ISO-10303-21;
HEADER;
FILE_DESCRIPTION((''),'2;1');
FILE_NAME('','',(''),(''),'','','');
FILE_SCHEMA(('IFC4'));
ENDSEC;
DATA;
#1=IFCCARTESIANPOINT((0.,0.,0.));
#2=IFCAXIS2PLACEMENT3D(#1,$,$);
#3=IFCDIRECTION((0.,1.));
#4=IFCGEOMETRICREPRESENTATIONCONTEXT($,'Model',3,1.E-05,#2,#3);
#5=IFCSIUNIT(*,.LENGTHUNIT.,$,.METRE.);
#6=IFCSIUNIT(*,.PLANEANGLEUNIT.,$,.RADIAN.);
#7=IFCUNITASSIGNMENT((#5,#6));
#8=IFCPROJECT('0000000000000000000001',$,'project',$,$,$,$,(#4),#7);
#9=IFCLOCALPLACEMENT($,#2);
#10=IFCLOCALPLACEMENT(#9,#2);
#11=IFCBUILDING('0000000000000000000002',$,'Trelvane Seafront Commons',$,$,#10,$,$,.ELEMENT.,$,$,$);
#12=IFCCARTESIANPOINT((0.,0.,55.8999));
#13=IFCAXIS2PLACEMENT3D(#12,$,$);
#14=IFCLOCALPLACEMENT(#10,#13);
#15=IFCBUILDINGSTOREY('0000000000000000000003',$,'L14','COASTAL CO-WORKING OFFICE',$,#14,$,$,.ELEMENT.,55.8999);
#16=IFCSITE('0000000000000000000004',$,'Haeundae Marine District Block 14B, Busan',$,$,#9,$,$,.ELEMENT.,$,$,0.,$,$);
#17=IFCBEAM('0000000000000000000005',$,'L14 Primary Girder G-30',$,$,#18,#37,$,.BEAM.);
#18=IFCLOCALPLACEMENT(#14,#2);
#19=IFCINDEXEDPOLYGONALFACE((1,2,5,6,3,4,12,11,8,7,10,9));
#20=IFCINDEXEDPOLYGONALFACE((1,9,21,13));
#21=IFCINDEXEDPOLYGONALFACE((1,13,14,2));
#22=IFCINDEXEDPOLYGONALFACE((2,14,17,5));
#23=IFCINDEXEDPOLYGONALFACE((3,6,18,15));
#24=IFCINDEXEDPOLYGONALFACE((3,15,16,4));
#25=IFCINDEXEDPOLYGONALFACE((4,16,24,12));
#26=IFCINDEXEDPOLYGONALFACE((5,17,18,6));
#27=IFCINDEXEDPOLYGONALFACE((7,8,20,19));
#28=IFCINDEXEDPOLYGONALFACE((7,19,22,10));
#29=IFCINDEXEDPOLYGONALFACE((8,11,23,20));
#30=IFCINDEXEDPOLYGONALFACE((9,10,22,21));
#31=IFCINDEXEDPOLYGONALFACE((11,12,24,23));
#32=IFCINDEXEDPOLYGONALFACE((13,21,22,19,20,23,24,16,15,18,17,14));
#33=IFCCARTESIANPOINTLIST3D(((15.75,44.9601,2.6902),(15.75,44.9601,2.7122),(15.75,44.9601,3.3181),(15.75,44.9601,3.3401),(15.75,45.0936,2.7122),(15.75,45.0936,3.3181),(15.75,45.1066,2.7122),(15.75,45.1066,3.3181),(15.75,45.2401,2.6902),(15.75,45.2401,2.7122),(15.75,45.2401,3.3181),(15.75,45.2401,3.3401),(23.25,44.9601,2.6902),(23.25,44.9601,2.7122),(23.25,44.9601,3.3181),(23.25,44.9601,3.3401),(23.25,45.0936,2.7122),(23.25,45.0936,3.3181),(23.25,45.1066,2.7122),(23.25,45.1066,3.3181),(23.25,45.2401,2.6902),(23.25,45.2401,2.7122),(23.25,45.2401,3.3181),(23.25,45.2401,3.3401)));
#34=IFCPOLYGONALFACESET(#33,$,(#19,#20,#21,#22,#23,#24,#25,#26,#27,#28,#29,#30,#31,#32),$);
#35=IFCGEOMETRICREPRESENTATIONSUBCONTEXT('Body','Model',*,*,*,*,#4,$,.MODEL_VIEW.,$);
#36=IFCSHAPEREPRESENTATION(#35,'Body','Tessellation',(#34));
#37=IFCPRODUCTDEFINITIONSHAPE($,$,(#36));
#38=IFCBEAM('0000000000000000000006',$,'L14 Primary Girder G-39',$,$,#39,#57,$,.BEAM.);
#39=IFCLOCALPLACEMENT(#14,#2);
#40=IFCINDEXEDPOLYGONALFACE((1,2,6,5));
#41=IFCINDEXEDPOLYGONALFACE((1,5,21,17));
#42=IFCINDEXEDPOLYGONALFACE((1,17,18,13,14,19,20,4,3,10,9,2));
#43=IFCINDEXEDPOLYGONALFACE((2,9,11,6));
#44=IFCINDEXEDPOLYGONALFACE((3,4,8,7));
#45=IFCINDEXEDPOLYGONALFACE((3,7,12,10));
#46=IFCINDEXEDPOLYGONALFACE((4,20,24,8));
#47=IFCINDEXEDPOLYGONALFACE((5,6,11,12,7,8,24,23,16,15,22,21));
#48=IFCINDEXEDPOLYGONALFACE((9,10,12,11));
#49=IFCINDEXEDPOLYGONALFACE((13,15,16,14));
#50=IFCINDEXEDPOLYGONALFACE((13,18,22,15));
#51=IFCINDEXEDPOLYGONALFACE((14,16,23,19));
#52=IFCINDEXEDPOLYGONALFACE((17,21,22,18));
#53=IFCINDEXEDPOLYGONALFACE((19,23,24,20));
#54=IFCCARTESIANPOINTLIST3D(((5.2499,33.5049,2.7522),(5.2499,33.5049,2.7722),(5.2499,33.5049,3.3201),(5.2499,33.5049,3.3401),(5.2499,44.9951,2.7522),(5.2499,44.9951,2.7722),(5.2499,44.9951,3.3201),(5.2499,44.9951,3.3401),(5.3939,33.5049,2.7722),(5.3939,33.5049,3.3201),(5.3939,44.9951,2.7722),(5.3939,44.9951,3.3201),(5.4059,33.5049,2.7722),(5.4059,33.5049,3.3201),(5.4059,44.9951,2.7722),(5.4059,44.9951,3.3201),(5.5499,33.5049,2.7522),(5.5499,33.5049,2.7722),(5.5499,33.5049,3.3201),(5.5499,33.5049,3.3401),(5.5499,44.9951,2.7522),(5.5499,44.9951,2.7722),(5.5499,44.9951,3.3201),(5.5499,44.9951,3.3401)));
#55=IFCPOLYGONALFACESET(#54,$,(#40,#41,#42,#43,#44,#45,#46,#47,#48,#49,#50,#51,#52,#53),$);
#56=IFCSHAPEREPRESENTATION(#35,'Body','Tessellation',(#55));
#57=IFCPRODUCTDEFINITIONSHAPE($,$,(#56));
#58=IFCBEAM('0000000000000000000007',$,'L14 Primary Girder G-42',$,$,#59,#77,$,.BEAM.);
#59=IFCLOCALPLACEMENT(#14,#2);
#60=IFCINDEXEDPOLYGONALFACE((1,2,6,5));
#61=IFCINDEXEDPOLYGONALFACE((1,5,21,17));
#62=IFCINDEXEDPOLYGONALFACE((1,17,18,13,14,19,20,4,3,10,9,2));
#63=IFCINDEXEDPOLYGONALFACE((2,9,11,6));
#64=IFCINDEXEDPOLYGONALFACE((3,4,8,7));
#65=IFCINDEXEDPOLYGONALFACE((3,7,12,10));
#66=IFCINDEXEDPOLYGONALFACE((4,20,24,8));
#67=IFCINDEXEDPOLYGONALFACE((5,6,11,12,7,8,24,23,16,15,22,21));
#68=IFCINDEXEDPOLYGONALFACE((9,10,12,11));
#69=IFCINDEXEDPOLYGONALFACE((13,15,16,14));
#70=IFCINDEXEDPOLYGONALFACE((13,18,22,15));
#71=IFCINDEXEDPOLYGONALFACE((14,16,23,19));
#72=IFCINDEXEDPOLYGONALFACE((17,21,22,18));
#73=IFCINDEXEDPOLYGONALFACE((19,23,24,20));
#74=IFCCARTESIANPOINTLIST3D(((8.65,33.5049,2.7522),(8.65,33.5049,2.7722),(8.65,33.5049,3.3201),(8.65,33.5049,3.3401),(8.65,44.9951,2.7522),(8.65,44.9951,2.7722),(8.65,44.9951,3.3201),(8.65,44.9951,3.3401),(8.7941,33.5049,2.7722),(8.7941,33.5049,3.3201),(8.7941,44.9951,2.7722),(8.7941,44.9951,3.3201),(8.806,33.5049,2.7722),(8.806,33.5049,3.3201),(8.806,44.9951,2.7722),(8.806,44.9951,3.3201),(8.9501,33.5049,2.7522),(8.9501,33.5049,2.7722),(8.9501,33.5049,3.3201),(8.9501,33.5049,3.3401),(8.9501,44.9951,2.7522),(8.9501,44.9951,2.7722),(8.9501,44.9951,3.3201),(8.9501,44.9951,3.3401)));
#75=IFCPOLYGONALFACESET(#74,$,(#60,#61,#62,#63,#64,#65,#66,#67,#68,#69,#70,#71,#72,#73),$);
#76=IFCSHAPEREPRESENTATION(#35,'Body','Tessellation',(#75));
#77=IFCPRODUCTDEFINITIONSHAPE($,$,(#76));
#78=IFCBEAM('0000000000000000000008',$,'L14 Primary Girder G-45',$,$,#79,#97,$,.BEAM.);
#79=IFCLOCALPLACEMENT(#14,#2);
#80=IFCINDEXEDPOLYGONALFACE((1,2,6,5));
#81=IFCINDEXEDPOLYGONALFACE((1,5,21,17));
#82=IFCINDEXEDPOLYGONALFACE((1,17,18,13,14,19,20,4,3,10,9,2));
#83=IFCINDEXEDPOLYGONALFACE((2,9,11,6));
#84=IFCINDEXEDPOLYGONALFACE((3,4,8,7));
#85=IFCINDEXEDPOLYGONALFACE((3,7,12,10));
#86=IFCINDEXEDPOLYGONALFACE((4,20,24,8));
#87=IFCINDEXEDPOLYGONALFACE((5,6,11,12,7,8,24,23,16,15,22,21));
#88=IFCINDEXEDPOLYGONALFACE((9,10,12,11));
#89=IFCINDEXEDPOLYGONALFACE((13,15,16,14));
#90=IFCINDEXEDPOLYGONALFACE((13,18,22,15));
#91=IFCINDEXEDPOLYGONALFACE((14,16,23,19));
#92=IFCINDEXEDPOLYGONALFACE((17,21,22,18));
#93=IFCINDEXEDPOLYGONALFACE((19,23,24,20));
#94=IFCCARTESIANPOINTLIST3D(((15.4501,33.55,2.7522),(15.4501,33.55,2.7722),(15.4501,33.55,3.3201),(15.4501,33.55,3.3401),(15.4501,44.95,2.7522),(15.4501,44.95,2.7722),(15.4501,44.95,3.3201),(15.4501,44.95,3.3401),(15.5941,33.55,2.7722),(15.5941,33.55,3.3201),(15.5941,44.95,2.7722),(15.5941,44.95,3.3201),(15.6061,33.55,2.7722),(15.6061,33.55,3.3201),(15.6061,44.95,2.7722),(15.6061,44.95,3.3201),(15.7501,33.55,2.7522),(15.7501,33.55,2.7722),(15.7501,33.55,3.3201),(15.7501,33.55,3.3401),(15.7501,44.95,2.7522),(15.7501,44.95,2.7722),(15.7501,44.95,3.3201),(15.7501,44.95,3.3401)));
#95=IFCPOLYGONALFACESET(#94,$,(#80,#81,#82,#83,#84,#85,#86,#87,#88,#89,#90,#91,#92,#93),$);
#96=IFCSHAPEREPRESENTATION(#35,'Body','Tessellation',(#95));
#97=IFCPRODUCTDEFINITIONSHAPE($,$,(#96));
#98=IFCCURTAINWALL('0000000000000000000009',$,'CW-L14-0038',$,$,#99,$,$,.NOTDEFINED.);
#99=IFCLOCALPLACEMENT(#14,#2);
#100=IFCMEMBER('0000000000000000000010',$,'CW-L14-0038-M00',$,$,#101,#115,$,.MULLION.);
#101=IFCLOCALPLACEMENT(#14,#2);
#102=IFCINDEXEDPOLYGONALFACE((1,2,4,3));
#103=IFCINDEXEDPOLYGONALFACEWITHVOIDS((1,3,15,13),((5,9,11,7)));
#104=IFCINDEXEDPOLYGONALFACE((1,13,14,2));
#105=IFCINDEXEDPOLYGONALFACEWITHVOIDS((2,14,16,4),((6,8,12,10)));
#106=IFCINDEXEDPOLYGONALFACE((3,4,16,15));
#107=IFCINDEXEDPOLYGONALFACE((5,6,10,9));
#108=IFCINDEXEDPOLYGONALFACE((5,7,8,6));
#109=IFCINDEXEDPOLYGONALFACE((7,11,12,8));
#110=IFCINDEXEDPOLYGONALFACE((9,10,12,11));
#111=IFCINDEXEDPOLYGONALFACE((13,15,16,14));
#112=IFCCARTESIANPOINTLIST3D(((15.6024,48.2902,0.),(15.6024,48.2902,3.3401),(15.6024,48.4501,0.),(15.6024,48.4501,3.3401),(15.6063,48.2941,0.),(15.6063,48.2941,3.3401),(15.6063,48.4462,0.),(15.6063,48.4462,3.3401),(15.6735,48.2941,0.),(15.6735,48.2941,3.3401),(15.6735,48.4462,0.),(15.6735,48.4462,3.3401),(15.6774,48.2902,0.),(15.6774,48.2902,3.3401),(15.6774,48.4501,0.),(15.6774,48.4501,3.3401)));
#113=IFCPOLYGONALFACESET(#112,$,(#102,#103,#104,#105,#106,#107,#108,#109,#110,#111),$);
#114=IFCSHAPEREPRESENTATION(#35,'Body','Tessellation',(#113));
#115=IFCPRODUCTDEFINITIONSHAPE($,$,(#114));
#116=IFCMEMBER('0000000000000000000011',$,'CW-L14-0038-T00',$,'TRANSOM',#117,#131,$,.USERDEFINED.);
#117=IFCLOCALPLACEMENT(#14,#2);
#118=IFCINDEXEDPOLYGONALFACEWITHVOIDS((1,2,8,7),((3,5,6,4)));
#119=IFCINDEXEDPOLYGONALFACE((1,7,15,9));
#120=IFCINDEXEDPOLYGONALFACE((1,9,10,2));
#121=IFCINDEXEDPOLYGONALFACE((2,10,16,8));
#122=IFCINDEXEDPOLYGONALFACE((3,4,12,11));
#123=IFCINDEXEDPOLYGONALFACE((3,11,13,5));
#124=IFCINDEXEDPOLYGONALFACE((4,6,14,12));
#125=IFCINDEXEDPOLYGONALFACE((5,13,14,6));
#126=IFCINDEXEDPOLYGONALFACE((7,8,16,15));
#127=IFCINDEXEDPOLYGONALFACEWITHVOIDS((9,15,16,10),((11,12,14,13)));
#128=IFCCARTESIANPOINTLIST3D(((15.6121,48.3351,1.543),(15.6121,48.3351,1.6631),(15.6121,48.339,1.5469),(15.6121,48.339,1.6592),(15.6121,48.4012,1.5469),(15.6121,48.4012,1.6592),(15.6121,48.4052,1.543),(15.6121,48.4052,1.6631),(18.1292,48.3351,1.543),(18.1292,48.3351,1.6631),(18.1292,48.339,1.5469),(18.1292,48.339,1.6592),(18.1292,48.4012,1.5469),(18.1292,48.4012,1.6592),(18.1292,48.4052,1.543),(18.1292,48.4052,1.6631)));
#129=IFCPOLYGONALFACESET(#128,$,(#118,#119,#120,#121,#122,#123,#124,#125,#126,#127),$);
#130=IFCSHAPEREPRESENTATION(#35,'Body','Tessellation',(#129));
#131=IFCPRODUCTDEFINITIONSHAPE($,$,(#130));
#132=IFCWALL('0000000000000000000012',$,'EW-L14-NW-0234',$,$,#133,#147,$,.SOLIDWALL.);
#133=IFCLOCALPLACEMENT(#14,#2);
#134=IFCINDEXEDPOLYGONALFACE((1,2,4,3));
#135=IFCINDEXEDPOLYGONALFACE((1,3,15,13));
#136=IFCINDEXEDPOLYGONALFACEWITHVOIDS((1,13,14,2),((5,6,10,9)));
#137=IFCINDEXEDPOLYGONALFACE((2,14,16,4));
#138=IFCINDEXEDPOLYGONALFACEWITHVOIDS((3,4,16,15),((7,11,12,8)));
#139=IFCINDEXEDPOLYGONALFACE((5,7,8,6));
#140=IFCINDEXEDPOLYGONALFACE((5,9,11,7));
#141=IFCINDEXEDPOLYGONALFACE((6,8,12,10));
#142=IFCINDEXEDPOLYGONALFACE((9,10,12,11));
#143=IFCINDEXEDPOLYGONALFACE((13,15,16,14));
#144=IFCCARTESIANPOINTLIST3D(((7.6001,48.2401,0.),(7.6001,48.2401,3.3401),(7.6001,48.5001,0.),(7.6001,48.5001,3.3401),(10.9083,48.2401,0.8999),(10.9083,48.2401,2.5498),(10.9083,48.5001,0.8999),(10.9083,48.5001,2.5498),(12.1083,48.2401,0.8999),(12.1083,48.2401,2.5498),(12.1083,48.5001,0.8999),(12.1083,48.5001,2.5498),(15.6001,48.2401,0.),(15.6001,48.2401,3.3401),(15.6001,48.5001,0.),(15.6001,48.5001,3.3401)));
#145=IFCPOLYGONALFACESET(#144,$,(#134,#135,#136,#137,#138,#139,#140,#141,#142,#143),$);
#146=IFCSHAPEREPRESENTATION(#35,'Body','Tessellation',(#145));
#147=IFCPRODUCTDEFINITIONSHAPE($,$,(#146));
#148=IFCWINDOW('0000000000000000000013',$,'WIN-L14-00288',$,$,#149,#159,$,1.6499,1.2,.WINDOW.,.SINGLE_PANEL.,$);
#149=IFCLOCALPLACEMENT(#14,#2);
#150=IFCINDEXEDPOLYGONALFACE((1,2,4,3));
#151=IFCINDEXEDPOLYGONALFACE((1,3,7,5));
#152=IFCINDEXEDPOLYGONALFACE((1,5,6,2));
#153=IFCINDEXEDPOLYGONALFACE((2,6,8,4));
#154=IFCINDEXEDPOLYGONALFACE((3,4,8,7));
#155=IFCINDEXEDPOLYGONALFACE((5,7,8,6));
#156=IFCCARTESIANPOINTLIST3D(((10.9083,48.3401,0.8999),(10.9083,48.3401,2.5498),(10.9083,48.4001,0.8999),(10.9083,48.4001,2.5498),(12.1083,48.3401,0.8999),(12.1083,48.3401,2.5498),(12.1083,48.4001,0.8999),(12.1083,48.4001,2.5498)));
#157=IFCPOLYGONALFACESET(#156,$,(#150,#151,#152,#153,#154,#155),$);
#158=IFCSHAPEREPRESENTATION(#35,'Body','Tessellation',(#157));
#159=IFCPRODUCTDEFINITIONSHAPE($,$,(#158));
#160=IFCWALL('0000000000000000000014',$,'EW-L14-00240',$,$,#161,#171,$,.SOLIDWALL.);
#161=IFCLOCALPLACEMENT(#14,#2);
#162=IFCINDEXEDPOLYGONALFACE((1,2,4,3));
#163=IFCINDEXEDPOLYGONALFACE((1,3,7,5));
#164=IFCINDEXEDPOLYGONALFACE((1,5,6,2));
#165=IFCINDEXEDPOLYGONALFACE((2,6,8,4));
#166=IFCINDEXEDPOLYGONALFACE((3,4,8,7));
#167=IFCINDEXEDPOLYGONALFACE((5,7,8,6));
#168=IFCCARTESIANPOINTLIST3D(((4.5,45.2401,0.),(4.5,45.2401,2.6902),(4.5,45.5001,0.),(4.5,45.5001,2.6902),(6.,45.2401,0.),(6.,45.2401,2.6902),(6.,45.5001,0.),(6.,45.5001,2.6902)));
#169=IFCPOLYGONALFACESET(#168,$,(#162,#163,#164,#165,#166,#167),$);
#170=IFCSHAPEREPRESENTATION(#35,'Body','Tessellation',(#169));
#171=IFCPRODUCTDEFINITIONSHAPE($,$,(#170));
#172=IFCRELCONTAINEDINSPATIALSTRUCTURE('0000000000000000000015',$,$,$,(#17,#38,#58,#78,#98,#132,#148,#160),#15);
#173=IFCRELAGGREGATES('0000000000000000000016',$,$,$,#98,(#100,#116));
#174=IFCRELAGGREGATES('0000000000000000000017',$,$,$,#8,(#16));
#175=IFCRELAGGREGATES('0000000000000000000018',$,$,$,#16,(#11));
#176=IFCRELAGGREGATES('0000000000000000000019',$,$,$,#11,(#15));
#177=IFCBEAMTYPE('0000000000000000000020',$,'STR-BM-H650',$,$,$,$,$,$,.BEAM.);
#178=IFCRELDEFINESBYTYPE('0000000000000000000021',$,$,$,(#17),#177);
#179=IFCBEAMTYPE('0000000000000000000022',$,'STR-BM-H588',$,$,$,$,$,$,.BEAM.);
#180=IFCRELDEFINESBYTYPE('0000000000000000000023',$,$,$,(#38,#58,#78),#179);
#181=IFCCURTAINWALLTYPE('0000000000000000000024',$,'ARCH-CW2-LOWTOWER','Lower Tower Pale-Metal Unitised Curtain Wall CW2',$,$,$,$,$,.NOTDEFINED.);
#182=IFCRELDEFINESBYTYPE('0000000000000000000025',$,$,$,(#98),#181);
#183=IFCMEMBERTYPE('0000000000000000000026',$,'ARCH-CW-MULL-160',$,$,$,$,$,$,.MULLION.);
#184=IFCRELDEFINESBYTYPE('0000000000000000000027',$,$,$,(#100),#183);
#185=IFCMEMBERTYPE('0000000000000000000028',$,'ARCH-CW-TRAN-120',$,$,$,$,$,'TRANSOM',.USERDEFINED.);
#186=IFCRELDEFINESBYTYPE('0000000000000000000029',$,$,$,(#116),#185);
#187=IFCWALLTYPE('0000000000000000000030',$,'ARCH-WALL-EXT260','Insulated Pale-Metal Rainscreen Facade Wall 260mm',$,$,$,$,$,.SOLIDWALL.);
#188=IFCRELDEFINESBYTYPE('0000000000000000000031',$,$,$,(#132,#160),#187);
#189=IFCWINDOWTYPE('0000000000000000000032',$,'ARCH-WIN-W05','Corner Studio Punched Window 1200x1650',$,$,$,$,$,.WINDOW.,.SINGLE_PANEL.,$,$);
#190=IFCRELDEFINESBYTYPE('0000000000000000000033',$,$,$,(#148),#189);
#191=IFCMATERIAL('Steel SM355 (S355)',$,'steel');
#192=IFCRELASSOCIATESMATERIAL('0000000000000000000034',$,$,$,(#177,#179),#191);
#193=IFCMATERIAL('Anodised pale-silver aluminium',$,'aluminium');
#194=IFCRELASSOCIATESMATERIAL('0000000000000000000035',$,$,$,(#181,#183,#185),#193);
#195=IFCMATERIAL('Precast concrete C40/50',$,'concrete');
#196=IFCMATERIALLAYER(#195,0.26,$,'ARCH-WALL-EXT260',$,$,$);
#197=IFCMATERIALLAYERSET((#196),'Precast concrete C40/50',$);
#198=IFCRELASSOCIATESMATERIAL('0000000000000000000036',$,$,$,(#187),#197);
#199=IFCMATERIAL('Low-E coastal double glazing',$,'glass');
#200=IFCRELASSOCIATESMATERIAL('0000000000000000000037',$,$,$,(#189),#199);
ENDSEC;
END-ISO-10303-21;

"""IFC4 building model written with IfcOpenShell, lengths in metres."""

from ifc_helpers import new_model, si_unit, direction, frame, frame_2d, origin, origin_2d, place, context, subcontext, project, spatial, rectangle, hollow_rectangle, i_section, extrude, source, transform, mapped, material, layer, layer_set, material_profile, profile_set, type_object, element, fill, aggregate, save


model = new_model("IFC4")

# Units and contexts
model_context = context("Model", 3, precision=1e-05, world=origin(), true_north=direction((0.0, 1.0)))
body_context = subcontext(model_context, "Body", "Model", "MODEL_VIEW")
ifc_project = project(units=[si_unit("LENGTHUNIT", "METRE"), si_unit("PLANEANGLEUNIT", "RADIAN")], contexts=[model_context])

# Site, building, storey
site_placement = place(None, origin())
site = spatial("IfcSite", under=ifc_project, at=site_placement, Name="Haeundae Marine District Block 14B, Busan", CompositionType="ELEMENT", RefElevation=0.0)
building_placement = place(site_placement, origin())
building = spatial("IfcBuilding", under=site, at=building_placement, Name="Trelvane Seafront Commons", CompositionType="ELEMENT")
storey_placement = place(building_placement, frame((0.0, 0.0, 55.8999)))
storey = spatial("IfcBuildingStorey", under=building, at=storey_placement, Name="L14", Description="COASTAL CO-WORKING OFFICE", CompositionType="ELEMENT", Elevation=55.8999)

# Shared definitions
ifc_material_1 = material(Name="Steel SM355 (S355)", Category="steel")

# Beams
ifc_material_profile_1 = material_profile(ifc_material_1, i_section(OverallWidth=0.28, OverallDepth=0.6499, WebThickness=0.0129, FlangeThickness=0.022, at=origin_2d()), Name="H-650x280x13x22")
ifc_profile_set_1 = profile_set([ifc_material_profile_1], Name="Steel SM355 (S355)")
beam_type_1 = type_object("IfcBeamType", Name="STR-BM-H650", PredefinedType="BEAM", material=ifc_profile_set_1)
shared_shape_1 = source(origin(), body_context, "Body", "SweptSolid", [
    extrude(i_section(OverallWidth=0.28, OverallDepth=0.6499, WebThickness=0.0129, FlangeThickness=0.022, at=origin_2d()), origin(), (0.0, 0.0, 1.0), 7.5),
])
for number, where, z_axis, x_axis, name in (
    (1, (15.75, 45.1001, 3.0151), (1.0, 0.0, 0.0), (0.0, 1.0, 0.0), "L14 Primary Girder G-30"),
):
    element("IfcBeam", number, at=place(storey_placement, frame(where, z_axis=z_axis, x_axis=x_axis)), inside=storey, type_object=beam_type_1, Name=name, PredefinedType="BEAM", context=body_context, shape_type="MappedRepresentation", body=[
        mapped(shared_shape_1, transform((0.0, 0.0, 0.0), x_axis=(1.0, 0.0, 0.0), y_axis=(0.0, 1.0, 0.0), z_axis=(0.0, 0.0, 1.0), scale=1.0)),
    ])
ifc_material_profile_2 = material_profile(ifc_material_1, i_section(OverallWidth=0.3, OverallDepth=0.5879, WebThickness=0.012, FlangeThickness=0.02, at=origin_2d()), Name="H-588x300x12x20")
ifc_profile_set_2 = profile_set([ifc_material_profile_2], Name="Steel SM355 (S355)")
beam_type_2 = type_object("IfcBeamType", Name="STR-BM-H588", PredefinedType="BEAM", material=ifc_profile_set_2)
shared_shape_2 = source(origin(), body_context, "Body", "SweptSolid", [
    extrude(i_section(OverallWidth=0.3, OverallDepth=0.5879, WebThickness=0.012, FlangeThickness=0.02, at=origin_2d()), origin(), (0.0, 0.0, 1.0), 11.4902),
])
for number, where, z_axis, x_axis, name in (
    (2, (5.3999, 33.5049, 3.0461), (0.0, 1.0, 0.0), (-1.0, 0.0, 0.0), "L14 Primary Girder G-39"),
    (3, (8.8, 33.5049, 3.0461), (0.0, 1.0, 0.0), (-1.0, 0.0, 0.0), "L14 Primary Girder G-42"),
):
    element("IfcBeam", number, at=place(storey_placement, frame(where, z_axis=z_axis, x_axis=x_axis)), inside=storey, type_object=beam_type_2, Name=name, PredefinedType="BEAM", context=body_context, shape_type="MappedRepresentation", body=[
        mapped(shared_shape_2, transform((0.0, 0.0, 0.0), x_axis=(1.0, 0.0, 0.0), y_axis=(0.0, 1.0, 0.0), z_axis=(0.0, 0.0, 1.0), scale=1.0)),
    ])
shared_shape_3 = source(origin(), body_context, "Body", "SweptSolid", [
    extrude(i_section(OverallWidth=0.3, OverallDepth=0.5879, WebThickness=0.012, FlangeThickness=0.02, at=origin_2d()), origin(), (0.0, 0.0, 1.0), 11.3999),
])
beam_1_placement = place(storey_placement, frame((15.6001, 33.55, 3.0461), z_axis=(0.0, 1.0, 0.0), x_axis=(-1.0, 0.0, 0.0)))
element("IfcBeam", 4, at=beam_1_placement, inside=storey, type_object=beam_type_2, Name="L14 Primary Girder G-45", PredefinedType="BEAM", context=body_context, shape_type="MappedRepresentation", body=[
    mapped(shared_shape_3, transform((0.0, 0.0, 0.0), x_axis=(1.0, 0.0, 0.0), y_axis=(0.0, 1.0, 0.0), z_axis=(0.0, 0.0, 1.0), scale=1.0)),
])

# Curtain wall, members
ifc_material_2 = material(Name="Anodised pale-silver aluminium", Category="aluminium")
curtain_wall_type = type_object("IfcCurtainWallType", Name="ARCH-CW2-LOWTOWER", Description="Lower Tower Pale-Metal Unitised Curtain Wall CW2", PredefinedType="NOTDEFINED", material=ifc_material_2)
curtain_wall_placement = place(storey_placement, origin())
curtain_wall = element("IfcCurtainWall", 5, at=curtain_wall_placement, inside=storey, type_object=curtain_wall_type, Name="CW-L14-0038", PredefinedType="NOTDEFINED")
ifc_material_profile_3 = material_profile(ifc_material_2, hollow_rectangle(XDim=0.075, YDim=0.1599, WallThickness=0.0039, at=origin_2d()), Name="MULL-75x160x4")
ifc_profile_set_3 = profile_set([ifc_material_profile_3], Name="Anodised pale-silver aluminium")
member_type_1 = type_object("IfcMemberType", Name="ARCH-CW-MULL-160", PredefinedType="MULLION", material=ifc_profile_set_3)
shared_shape_4 = source(origin(), body_context, "Body", "SweptSolid", [
    extrude(hollow_rectangle(XDim=0.075, YDim=0.1599, WallThickness=0.0039, at=origin_2d()), origin(), (0.0, 0.0, 1.0), 3.3401),
])
member_1_placement = place(storey_placement, frame((15.6399, 48.3701, 0.0), z_axis=(0.0, 0.0, 1.0), x_axis=(1.0, 0.0, 0.0)))
member_1 = element("IfcMember", 6, at=member_1_placement, type_object=member_type_1, Name="CW-L14-0038-M00", PredefinedType="MULLION", context=body_context, shape_type="MappedRepresentation", body=[
    mapped(shared_shape_4, transform((0.0, 0.0, 0.0), x_axis=(1.0, 0.0, 0.0), y_axis=(0.0, 1.0, 0.0), z_axis=(0.0, 0.0, 1.0), scale=1.0)),
])
ifc_material_profile_4 = material_profile(ifc_material_2, hollow_rectangle(XDim=0.0701, YDim=0.1201, WallThickness=0.0039, at=origin_2d()), Name="TRAN-70x120x4")
ifc_profile_set_4 = profile_set([ifc_material_profile_4], Name="Anodised pale-silver aluminium")
member_type_2 = type_object("IfcMemberType", Name="ARCH-CW-TRAN-120", ElementType="TRANSOM", PredefinedType="USERDEFINED", material=ifc_profile_set_4)
shared_shape_5 = source(origin(), body_context, "Body", "SweptSolid", [
    extrude(hollow_rectangle(XDim=0.0701, YDim=0.1201, WallThickness=0.0039, at=origin_2d()), origin(), (0.0, 0.0, 1.0), 2.5171),
])
member_2_placement = place(storey_placement, frame((15.6121, 48.3701, 1.603), z_axis=(1.0, 0.0, 0.0), x_axis=(0.0, 1.0, 0.0)))
member_2 = element("IfcMember", 7, at=member_2_placement, type_object=member_type_2, Name="CW-L14-0038-T00", ObjectType="TRANSOM", PredefinedType="USERDEFINED", context=body_context, shape_type="MappedRepresentation", body=[
    mapped(shared_shape_5, transform((0.0, 0.0, 0.0), x_axis=(1.0, 0.0, 0.0), y_axis=(0.0, 1.0, 0.0), z_axis=(0.0, 0.0, 1.0), scale=1.0)),
])
aggregate(curtain_wall, [member_1, member_2])

# Wall, opening, window
ifc_material_3 = material(Name="Precast concrete C40/50", Category="concrete")
ifc_layer_1 = layer(ifc_material_3, 0.26, Name="ARCH-WALL-EXT260")
ifc_layer_set_1 = layer_set([ifc_layer_1], Name="Precast concrete C40/50")
wall_type_1 = type_object("IfcWallType", Name="ARCH-WALL-EXT260", Description="Insulated Pale-Metal Rainscreen Facade Wall 260mm", PredefinedType="SOLIDWALL", material=ifc_layer_set_1)
wall_1_placement = place(storey_placement, frame((7.6001, 48.3701, 0.0), z_axis=(0.0, 0.0, 1.0), x_axis=(1.0, 0.0, 0.0)))
wall_1 = element("IfcWall", 8, at=wall_1_placement, inside=storey, type_object=wall_type_1, Name="EW-L14-NW-0234", PredefinedType="SOLIDWALL", context=body_context, shape_type="SweptSolid", body=[
    extrude(rectangle(XDim=8.0, YDim=0.26, at=frame_2d((4.0, 0.0))), origin(), (0.0, 0.0, 1.0), 3.3401),
])
opening_1_placement = place(wall_1_placement, frame((3.3081, 0.0, 0.8999)))
opening_1 = element("IfcOpeningElement", 9, at=opening_1_placement, cuts=wall_1, PredefinedType="OPENING", context=body_context, shape_type="SweptSolid", body=[
    extrude(rectangle(XDim=1.2, YDim=1.6499, at=frame_2d((0.6001, 0.825))), frame((0.0, 0.1399, 0.0), z_axis=(0.0, -1.0, 0.0), x_axis=(1.0, 0.0, 0.0)), (0.0, 0.0, 1.0), 0.28),
])
ifc_material_4 = material(Name="Low-E coastal double glazing", Category="glass")
window_type = type_object("IfcWindowType", Name="ARCH-WIN-W05", Description="Corner Studio Punched Window 1200x1650", PartitioningType="SINGLE_PANEL", PredefinedType="WINDOW", material=ifc_material_4)
shared_shape_6 = source(origin(), body_context, "Body", "SweptSolid", [
    extrude(rectangle(XDim=1.2, YDim=1.6499, at=frame_2d((0.6001, 0.825))), frame((0.0, 0.03, 0.0), z_axis=(0.0, -1.0, 0.0), x_axis=(1.0, 0.0, 0.0)), (0.0, 0.0, 1.0), 0.0601),
])
window_placement = place(opening_1_placement, origin())
window = element("IfcWindow", 10, at=window_placement, inside=storey, type_object=window_type, Name="WIN-L14-00288", OverallHeight=1.6499, OverallWidth=1.2, PartitioningType="SINGLE_PANEL", PredefinedType="WINDOW", context=body_context, shape_type="MappedRepresentation", body=[
    mapped(shared_shape_6, transform((0.0, 0.0, 0.0), x_axis=(1.0, 0.0, 0.0), y_axis=(0.0, 1.0, 0.0), z_axis=(0.0, 0.0, 1.0), scale=1.0)),
])
fill(opening_1, window)

# Wall
wall_2_placement = place(storey_placement, frame((4.5, 45.3701, 0.0), z_axis=(0.0, 0.0, 1.0), x_axis=(1.0, 0.0, 0.0)))
element("IfcWall", 11, at=wall_2_placement, inside=storey, type_object=wall_type_1, Name="EW-L14-00240", PredefinedType="SOLIDWALL", context=body_context, shape_type="SweptSolid", body=[
    extrude(rectangle(XDim=1.5, YDim=0.26, at=frame_2d((0.75, 0.0))), origin(), (0.0, 0.0, 1.0), 2.6902),
])

save(model, "model.ifc")
